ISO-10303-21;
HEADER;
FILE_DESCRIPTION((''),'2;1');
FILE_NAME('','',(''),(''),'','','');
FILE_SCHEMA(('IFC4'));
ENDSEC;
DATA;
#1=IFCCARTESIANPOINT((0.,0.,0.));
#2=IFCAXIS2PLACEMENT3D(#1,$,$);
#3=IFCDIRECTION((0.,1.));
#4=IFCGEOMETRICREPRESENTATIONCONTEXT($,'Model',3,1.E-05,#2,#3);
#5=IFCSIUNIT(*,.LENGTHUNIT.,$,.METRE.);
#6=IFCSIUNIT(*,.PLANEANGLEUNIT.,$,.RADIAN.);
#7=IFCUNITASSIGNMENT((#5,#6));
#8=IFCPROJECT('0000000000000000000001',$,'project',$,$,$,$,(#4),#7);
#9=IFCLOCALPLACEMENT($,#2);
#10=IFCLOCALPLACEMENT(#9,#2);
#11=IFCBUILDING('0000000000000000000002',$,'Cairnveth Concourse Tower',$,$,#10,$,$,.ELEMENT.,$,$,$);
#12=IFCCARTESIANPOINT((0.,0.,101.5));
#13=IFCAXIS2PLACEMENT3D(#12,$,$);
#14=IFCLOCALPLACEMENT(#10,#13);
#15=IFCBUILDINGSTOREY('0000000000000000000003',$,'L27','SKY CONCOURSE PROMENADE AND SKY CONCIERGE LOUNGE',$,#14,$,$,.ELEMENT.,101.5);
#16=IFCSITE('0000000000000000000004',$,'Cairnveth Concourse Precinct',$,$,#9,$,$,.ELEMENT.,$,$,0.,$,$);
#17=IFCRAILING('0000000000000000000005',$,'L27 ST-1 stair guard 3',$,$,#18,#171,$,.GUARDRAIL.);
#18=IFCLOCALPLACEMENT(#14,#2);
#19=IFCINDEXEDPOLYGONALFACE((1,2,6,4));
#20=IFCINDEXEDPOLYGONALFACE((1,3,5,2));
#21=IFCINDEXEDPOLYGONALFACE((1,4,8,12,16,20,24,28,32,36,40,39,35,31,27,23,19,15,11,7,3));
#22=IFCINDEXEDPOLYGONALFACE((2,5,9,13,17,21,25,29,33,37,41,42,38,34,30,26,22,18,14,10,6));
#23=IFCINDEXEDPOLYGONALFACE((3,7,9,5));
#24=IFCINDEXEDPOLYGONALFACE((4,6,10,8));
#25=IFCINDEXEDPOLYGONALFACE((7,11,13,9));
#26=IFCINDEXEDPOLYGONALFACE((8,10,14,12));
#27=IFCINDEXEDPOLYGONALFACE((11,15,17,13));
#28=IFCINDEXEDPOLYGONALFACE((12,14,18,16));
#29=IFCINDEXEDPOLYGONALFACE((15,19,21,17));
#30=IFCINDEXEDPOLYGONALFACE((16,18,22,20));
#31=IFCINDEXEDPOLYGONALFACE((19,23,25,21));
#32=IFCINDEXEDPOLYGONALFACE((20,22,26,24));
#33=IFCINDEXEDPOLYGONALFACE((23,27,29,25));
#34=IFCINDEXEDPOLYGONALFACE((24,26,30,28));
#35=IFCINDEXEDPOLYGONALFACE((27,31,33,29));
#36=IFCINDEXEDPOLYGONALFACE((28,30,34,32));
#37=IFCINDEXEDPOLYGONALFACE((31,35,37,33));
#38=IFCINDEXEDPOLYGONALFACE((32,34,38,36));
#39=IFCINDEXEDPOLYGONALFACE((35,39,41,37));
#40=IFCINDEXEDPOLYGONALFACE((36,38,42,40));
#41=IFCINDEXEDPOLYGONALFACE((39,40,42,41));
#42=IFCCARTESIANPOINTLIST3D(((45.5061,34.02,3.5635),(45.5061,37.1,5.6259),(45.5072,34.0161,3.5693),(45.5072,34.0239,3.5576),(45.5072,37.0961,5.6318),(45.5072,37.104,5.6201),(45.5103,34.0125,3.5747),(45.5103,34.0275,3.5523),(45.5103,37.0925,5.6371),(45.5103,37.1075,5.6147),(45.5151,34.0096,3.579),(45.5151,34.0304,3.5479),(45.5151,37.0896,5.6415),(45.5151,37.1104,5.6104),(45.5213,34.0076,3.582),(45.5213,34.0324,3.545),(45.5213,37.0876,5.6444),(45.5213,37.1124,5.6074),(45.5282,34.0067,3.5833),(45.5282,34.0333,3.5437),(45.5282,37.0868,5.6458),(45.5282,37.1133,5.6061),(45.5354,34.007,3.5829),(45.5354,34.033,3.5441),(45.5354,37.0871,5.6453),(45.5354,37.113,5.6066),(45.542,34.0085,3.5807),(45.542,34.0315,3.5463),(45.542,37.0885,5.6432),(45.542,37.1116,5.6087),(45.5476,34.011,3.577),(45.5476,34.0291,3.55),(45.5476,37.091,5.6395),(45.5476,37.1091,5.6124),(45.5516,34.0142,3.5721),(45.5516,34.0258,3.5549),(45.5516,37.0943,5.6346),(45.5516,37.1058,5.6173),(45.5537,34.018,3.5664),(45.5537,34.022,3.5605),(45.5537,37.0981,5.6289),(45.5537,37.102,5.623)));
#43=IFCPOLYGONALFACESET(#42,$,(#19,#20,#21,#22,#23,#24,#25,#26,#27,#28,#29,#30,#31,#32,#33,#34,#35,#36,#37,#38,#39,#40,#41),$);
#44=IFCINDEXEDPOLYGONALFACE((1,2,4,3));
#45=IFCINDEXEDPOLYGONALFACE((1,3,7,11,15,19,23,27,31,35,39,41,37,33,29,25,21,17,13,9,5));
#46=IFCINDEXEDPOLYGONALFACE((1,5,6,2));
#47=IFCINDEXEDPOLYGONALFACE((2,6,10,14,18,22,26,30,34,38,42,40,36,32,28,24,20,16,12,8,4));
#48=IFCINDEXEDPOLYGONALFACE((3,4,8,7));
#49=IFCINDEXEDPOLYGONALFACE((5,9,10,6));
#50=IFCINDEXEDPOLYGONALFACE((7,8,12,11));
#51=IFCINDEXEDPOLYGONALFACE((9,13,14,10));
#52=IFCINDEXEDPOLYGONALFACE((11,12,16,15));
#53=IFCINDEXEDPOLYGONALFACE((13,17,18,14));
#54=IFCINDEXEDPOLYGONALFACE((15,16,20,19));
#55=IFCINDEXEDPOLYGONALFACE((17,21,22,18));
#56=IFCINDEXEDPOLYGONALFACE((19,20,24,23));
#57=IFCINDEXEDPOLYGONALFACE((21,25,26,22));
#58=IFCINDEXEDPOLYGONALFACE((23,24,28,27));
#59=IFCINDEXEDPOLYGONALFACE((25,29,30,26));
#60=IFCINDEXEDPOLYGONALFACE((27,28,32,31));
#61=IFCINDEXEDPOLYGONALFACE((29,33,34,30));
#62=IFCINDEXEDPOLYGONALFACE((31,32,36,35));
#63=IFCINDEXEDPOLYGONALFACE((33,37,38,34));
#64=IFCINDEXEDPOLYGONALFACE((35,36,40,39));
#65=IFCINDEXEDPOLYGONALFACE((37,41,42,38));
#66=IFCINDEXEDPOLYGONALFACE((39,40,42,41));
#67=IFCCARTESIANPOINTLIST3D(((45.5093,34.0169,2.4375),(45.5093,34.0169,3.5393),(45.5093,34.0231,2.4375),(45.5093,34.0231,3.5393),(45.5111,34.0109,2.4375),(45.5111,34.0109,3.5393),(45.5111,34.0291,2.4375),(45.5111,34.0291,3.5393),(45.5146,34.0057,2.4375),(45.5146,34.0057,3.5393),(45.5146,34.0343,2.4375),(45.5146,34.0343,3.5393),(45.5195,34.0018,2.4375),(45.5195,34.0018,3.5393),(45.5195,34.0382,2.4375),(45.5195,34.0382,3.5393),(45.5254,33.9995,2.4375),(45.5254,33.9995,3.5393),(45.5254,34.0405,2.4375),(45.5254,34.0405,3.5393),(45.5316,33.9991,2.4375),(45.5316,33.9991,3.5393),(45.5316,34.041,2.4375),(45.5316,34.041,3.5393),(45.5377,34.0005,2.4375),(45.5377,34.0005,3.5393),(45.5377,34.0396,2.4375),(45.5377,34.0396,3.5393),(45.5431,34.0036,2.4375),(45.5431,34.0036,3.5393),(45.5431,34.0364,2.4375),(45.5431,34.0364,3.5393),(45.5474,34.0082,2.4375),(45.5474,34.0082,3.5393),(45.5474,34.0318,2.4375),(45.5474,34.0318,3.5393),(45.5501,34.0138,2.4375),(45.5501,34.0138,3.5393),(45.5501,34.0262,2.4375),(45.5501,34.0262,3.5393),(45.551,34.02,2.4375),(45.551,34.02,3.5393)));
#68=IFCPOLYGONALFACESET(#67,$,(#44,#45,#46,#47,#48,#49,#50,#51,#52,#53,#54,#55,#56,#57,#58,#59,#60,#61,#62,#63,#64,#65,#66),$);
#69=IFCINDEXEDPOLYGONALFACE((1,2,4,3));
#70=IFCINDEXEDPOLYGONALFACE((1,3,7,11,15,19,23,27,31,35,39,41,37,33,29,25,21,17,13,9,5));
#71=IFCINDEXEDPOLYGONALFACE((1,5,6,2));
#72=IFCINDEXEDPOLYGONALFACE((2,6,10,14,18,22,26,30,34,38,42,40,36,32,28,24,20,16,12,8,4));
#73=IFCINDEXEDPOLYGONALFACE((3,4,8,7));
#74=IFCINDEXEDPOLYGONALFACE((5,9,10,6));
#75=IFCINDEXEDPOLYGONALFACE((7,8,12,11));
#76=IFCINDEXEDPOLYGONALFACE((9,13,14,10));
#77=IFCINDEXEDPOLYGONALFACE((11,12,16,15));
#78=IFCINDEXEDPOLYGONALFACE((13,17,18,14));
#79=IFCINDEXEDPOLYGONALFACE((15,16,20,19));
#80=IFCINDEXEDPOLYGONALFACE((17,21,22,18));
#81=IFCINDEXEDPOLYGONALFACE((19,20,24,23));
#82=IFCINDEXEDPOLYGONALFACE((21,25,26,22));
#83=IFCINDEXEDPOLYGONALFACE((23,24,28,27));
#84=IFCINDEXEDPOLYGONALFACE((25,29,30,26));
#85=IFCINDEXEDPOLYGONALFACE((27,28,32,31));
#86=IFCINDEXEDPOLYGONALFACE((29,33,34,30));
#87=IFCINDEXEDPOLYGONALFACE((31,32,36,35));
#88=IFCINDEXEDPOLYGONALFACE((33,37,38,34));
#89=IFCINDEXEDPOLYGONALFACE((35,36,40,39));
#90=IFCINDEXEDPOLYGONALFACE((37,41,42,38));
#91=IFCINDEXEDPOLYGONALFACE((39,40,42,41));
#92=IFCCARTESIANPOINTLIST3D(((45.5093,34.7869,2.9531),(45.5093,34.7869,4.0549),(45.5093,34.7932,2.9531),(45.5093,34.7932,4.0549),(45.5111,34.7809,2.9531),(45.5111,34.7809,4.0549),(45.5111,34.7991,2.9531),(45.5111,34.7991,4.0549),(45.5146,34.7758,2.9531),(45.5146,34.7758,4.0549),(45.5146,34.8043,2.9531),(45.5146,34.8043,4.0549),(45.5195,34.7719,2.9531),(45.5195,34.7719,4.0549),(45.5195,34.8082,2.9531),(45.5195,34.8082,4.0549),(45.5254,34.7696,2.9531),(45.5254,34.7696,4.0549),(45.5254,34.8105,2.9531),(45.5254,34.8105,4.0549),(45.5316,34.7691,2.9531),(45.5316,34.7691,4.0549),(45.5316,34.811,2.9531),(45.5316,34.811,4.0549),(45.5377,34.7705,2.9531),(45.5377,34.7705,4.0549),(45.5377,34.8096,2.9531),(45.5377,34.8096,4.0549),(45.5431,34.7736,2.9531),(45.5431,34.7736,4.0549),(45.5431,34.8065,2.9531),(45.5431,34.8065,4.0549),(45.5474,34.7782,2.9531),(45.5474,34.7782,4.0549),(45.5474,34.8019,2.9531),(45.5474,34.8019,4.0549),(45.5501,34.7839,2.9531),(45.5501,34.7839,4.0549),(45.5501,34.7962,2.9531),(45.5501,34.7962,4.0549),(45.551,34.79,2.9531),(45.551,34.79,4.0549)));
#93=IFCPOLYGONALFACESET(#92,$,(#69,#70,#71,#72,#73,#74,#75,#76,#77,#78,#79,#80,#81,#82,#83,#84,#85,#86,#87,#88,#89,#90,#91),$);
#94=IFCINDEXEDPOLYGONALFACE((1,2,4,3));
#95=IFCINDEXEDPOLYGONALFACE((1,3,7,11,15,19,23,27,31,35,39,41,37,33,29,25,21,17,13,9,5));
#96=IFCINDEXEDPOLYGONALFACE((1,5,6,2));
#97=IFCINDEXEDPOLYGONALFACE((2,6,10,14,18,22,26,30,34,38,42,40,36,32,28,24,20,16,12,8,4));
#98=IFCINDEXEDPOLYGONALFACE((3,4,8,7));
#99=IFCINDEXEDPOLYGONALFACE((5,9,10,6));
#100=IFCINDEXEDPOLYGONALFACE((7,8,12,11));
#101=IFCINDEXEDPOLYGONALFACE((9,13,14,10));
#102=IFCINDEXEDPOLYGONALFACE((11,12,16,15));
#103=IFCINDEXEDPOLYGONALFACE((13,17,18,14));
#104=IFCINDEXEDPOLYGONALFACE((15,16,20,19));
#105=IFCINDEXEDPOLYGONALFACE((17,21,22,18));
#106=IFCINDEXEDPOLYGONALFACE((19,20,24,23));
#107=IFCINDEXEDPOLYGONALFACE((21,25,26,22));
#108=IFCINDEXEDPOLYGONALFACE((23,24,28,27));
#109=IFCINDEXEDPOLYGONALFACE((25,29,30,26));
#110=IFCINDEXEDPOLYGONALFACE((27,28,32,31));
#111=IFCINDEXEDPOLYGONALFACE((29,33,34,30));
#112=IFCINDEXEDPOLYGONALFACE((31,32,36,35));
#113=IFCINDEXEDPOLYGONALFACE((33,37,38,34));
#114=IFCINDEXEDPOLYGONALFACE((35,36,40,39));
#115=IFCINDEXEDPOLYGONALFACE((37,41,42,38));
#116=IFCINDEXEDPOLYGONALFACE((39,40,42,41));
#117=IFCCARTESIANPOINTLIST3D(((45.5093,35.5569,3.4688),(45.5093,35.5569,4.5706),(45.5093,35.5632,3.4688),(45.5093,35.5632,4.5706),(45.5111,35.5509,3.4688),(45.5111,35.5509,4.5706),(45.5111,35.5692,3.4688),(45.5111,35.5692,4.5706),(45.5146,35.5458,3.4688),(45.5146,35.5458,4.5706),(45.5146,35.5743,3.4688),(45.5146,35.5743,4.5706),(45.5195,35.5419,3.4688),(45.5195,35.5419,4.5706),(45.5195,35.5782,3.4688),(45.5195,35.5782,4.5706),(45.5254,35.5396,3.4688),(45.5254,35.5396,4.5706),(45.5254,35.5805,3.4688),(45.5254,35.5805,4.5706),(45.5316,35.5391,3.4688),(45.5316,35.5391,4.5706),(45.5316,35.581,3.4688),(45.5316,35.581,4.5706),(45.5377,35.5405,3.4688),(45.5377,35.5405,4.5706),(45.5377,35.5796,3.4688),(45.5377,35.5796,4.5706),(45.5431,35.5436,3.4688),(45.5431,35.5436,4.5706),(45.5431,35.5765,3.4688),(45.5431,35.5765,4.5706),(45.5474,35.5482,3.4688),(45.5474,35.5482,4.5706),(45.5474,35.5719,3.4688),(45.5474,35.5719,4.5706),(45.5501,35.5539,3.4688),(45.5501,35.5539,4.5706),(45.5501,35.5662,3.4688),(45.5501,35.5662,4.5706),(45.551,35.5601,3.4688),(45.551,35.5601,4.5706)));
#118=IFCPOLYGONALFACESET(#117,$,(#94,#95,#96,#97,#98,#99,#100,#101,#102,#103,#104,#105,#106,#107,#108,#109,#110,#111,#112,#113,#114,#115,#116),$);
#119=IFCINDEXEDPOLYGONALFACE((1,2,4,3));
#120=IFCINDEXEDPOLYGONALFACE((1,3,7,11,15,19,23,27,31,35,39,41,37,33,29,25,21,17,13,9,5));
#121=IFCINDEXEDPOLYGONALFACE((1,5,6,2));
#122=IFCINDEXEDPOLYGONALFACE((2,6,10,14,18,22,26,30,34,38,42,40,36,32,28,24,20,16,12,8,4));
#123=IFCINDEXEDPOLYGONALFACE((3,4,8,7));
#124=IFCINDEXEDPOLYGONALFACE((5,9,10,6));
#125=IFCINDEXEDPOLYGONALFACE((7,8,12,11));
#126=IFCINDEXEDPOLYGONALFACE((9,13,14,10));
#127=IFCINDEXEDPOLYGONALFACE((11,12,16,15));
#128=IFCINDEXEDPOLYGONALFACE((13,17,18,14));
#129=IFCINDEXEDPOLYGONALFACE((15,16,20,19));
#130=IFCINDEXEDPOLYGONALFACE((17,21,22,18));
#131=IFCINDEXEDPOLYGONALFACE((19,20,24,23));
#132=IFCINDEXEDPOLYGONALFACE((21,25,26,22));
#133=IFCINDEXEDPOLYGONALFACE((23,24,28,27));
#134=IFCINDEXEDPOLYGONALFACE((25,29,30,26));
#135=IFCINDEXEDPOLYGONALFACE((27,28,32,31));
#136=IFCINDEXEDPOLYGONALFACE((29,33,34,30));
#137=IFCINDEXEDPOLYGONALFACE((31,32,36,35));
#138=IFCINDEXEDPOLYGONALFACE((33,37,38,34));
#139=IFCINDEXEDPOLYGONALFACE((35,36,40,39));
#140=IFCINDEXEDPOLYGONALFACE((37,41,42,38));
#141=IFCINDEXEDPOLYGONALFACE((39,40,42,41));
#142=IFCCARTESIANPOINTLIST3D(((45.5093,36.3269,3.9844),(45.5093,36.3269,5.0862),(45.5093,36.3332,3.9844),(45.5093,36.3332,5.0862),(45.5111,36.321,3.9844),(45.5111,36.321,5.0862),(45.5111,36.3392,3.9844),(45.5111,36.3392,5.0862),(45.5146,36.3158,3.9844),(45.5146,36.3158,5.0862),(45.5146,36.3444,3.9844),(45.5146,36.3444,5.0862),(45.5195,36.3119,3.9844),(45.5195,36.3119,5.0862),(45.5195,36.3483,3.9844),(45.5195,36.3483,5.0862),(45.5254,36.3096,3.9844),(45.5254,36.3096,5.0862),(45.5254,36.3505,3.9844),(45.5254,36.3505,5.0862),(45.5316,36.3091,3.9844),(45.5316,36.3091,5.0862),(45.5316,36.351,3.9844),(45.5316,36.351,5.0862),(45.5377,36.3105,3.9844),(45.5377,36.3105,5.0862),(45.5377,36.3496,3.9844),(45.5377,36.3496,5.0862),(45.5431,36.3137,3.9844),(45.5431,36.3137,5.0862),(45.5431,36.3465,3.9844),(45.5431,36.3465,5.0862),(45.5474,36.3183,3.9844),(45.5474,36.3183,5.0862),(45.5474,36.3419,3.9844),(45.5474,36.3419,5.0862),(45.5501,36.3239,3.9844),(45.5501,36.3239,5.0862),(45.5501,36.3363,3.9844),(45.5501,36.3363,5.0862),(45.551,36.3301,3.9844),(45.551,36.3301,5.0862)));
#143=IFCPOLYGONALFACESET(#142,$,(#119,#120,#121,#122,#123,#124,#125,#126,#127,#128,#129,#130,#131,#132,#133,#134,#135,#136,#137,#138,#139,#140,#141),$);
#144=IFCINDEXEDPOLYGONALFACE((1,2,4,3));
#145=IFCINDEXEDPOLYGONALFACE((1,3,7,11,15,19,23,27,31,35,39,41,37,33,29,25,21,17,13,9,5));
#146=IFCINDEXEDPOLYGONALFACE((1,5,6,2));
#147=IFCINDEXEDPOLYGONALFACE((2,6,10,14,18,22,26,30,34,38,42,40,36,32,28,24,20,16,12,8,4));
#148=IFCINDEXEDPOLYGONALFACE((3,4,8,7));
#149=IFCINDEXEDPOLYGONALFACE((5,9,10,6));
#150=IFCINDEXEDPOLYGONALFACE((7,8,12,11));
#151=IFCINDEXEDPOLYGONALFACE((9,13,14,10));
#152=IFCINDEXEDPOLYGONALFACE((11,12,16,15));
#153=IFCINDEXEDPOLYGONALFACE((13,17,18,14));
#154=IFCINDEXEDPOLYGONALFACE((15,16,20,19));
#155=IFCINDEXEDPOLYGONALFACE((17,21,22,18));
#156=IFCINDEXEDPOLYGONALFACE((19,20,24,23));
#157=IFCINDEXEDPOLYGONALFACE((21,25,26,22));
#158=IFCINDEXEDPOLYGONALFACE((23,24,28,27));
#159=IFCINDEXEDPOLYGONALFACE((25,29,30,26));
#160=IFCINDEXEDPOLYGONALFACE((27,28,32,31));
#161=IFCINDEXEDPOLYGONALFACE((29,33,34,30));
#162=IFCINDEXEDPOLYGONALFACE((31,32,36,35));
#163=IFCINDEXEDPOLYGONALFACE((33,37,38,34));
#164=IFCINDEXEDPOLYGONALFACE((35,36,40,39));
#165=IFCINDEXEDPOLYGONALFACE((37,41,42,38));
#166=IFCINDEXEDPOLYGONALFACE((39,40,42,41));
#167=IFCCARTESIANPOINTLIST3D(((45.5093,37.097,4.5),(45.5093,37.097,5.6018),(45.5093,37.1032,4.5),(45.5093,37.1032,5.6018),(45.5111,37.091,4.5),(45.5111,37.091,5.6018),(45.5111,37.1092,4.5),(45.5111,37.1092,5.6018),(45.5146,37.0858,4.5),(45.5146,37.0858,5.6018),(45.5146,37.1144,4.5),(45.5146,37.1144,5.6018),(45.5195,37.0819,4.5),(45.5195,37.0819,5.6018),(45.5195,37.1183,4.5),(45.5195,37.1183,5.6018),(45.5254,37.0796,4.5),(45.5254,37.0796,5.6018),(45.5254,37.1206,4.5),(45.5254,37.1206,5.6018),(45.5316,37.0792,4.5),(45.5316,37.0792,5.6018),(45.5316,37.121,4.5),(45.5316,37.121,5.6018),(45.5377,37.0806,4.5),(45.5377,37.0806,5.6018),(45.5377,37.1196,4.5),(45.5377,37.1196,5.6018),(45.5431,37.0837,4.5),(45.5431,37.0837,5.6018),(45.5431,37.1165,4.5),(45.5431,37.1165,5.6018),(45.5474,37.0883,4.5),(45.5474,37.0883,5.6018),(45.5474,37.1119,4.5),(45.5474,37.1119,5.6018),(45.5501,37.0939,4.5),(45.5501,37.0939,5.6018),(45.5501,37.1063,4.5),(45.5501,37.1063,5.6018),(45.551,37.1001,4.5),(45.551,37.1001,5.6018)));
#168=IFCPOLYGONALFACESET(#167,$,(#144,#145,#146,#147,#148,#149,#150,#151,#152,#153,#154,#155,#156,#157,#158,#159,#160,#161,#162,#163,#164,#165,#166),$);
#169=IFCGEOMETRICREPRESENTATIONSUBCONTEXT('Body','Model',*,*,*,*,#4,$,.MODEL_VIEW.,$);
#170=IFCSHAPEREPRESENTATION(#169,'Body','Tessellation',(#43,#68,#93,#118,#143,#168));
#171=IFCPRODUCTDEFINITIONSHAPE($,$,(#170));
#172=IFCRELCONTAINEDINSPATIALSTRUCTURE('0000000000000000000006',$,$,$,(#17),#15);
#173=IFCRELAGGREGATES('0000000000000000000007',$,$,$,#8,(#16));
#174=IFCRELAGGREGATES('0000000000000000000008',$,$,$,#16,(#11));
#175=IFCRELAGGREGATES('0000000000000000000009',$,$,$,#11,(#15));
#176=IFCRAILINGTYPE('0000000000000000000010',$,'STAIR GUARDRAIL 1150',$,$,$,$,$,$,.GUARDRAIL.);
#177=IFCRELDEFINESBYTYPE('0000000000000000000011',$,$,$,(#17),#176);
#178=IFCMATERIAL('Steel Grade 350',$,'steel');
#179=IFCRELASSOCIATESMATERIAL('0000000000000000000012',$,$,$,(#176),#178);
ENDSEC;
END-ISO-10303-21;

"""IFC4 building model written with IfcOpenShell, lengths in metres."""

from ifc_helpers import new_model, si_unit, direction, frame, origin, origin_2d, place, context, subcontext, project, spatial, circle, extrude, material, type_object, element, save


model = new_model("IFC4")

# Units and contexts
model_context = context("Model", 3, precision=1e-05, world=origin(), true_north=direction((0.0, 1.0)))
body_context = subcontext(model_context, "Body", "Model", "MODEL_VIEW")
ifc_project = project(units=[si_unit("LENGTHUNIT", "METRE"), si_unit("PLANEANGLEUNIT", "RADIAN")], contexts=[model_context])

# Site, building, storey
site_placement = place(None, origin())
site = spatial("IfcSite", under=ifc_project, at=site_placement, Name="Cairnveth Concourse Precinct", CompositionType="ELEMENT", RefElevation=0.0)
building_placement = place(site_placement, origin())
building = spatial("IfcBuilding", under=site, at=building_placement, Name="Cairnveth Concourse Tower", CompositionType="ELEMENT")
storey_placement = place(building_placement, frame((0.0, 0.0, 101.5)))
storey = spatial("IfcBuildingStorey", under=building, at=storey_placement, Name="L27", Description="SKY CONCOURSE PROMENADE AND SKY CONCIERGE LOUNGE", CompositionType="ELEMENT", Elevation=101.5)

# Shared definitions
ifc_material_1 = material(Name="Steel Grade 350", Category="steel")

# Railing
railing_type_1 = type_object("IfcRailingType", Name="STAIR GUARDRAIL 1150", PredefinedType="GUARDRAIL", material=ifc_material_1)
railing_1_placement = place(storey_placement, frame((45.53, 34.02, 2.4375)))
element("IfcRailing", 1, at=railing_1_placement, inside=storey, type_object=railing_type_1, Name="L27 ST-1 stair guard 3", PredefinedType="GUARDRAIL", context=body_context, shape_type="SweptSolid", body=[
    extrude(circle(Radius=0.0239, at=origin_2d()), frame((0.0, 0.0, 1.126), z_axis=(0.0, 0.830914, 0.556401), x_axis=(-1.0, 0.0, 0.0)), (0.0, 0.0, 1.0), 3.7068),
    extrude(circle(Radius=0.021, at=origin_2d()), origin(), (0.0, 0.0, 1.0), 1.1018),
    extrude(circle(Radius=0.021, at=origin_2d()), frame((0.0, 0.77, 0.5156)), (0.0, 0.0, 1.0), 1.1018),
    extrude(circle(Radius=0.021, at=origin_2d()), frame((0.0, 1.54, 1.0312)), (0.0, 0.0, 1.0), 1.1018),
    extrude(circle(Radius=0.021, at=origin_2d()), frame((0.0, 2.3101, 1.5469)), (0.0, 0.0, 1.0), 1.1018),
    extrude(circle(Radius=0.021, at=origin_2d()), frame((0.0, 3.0801, 2.0625)), (0.0, 0.0, 1.0), 1.1018),
])

save(model, "model.ifc")
